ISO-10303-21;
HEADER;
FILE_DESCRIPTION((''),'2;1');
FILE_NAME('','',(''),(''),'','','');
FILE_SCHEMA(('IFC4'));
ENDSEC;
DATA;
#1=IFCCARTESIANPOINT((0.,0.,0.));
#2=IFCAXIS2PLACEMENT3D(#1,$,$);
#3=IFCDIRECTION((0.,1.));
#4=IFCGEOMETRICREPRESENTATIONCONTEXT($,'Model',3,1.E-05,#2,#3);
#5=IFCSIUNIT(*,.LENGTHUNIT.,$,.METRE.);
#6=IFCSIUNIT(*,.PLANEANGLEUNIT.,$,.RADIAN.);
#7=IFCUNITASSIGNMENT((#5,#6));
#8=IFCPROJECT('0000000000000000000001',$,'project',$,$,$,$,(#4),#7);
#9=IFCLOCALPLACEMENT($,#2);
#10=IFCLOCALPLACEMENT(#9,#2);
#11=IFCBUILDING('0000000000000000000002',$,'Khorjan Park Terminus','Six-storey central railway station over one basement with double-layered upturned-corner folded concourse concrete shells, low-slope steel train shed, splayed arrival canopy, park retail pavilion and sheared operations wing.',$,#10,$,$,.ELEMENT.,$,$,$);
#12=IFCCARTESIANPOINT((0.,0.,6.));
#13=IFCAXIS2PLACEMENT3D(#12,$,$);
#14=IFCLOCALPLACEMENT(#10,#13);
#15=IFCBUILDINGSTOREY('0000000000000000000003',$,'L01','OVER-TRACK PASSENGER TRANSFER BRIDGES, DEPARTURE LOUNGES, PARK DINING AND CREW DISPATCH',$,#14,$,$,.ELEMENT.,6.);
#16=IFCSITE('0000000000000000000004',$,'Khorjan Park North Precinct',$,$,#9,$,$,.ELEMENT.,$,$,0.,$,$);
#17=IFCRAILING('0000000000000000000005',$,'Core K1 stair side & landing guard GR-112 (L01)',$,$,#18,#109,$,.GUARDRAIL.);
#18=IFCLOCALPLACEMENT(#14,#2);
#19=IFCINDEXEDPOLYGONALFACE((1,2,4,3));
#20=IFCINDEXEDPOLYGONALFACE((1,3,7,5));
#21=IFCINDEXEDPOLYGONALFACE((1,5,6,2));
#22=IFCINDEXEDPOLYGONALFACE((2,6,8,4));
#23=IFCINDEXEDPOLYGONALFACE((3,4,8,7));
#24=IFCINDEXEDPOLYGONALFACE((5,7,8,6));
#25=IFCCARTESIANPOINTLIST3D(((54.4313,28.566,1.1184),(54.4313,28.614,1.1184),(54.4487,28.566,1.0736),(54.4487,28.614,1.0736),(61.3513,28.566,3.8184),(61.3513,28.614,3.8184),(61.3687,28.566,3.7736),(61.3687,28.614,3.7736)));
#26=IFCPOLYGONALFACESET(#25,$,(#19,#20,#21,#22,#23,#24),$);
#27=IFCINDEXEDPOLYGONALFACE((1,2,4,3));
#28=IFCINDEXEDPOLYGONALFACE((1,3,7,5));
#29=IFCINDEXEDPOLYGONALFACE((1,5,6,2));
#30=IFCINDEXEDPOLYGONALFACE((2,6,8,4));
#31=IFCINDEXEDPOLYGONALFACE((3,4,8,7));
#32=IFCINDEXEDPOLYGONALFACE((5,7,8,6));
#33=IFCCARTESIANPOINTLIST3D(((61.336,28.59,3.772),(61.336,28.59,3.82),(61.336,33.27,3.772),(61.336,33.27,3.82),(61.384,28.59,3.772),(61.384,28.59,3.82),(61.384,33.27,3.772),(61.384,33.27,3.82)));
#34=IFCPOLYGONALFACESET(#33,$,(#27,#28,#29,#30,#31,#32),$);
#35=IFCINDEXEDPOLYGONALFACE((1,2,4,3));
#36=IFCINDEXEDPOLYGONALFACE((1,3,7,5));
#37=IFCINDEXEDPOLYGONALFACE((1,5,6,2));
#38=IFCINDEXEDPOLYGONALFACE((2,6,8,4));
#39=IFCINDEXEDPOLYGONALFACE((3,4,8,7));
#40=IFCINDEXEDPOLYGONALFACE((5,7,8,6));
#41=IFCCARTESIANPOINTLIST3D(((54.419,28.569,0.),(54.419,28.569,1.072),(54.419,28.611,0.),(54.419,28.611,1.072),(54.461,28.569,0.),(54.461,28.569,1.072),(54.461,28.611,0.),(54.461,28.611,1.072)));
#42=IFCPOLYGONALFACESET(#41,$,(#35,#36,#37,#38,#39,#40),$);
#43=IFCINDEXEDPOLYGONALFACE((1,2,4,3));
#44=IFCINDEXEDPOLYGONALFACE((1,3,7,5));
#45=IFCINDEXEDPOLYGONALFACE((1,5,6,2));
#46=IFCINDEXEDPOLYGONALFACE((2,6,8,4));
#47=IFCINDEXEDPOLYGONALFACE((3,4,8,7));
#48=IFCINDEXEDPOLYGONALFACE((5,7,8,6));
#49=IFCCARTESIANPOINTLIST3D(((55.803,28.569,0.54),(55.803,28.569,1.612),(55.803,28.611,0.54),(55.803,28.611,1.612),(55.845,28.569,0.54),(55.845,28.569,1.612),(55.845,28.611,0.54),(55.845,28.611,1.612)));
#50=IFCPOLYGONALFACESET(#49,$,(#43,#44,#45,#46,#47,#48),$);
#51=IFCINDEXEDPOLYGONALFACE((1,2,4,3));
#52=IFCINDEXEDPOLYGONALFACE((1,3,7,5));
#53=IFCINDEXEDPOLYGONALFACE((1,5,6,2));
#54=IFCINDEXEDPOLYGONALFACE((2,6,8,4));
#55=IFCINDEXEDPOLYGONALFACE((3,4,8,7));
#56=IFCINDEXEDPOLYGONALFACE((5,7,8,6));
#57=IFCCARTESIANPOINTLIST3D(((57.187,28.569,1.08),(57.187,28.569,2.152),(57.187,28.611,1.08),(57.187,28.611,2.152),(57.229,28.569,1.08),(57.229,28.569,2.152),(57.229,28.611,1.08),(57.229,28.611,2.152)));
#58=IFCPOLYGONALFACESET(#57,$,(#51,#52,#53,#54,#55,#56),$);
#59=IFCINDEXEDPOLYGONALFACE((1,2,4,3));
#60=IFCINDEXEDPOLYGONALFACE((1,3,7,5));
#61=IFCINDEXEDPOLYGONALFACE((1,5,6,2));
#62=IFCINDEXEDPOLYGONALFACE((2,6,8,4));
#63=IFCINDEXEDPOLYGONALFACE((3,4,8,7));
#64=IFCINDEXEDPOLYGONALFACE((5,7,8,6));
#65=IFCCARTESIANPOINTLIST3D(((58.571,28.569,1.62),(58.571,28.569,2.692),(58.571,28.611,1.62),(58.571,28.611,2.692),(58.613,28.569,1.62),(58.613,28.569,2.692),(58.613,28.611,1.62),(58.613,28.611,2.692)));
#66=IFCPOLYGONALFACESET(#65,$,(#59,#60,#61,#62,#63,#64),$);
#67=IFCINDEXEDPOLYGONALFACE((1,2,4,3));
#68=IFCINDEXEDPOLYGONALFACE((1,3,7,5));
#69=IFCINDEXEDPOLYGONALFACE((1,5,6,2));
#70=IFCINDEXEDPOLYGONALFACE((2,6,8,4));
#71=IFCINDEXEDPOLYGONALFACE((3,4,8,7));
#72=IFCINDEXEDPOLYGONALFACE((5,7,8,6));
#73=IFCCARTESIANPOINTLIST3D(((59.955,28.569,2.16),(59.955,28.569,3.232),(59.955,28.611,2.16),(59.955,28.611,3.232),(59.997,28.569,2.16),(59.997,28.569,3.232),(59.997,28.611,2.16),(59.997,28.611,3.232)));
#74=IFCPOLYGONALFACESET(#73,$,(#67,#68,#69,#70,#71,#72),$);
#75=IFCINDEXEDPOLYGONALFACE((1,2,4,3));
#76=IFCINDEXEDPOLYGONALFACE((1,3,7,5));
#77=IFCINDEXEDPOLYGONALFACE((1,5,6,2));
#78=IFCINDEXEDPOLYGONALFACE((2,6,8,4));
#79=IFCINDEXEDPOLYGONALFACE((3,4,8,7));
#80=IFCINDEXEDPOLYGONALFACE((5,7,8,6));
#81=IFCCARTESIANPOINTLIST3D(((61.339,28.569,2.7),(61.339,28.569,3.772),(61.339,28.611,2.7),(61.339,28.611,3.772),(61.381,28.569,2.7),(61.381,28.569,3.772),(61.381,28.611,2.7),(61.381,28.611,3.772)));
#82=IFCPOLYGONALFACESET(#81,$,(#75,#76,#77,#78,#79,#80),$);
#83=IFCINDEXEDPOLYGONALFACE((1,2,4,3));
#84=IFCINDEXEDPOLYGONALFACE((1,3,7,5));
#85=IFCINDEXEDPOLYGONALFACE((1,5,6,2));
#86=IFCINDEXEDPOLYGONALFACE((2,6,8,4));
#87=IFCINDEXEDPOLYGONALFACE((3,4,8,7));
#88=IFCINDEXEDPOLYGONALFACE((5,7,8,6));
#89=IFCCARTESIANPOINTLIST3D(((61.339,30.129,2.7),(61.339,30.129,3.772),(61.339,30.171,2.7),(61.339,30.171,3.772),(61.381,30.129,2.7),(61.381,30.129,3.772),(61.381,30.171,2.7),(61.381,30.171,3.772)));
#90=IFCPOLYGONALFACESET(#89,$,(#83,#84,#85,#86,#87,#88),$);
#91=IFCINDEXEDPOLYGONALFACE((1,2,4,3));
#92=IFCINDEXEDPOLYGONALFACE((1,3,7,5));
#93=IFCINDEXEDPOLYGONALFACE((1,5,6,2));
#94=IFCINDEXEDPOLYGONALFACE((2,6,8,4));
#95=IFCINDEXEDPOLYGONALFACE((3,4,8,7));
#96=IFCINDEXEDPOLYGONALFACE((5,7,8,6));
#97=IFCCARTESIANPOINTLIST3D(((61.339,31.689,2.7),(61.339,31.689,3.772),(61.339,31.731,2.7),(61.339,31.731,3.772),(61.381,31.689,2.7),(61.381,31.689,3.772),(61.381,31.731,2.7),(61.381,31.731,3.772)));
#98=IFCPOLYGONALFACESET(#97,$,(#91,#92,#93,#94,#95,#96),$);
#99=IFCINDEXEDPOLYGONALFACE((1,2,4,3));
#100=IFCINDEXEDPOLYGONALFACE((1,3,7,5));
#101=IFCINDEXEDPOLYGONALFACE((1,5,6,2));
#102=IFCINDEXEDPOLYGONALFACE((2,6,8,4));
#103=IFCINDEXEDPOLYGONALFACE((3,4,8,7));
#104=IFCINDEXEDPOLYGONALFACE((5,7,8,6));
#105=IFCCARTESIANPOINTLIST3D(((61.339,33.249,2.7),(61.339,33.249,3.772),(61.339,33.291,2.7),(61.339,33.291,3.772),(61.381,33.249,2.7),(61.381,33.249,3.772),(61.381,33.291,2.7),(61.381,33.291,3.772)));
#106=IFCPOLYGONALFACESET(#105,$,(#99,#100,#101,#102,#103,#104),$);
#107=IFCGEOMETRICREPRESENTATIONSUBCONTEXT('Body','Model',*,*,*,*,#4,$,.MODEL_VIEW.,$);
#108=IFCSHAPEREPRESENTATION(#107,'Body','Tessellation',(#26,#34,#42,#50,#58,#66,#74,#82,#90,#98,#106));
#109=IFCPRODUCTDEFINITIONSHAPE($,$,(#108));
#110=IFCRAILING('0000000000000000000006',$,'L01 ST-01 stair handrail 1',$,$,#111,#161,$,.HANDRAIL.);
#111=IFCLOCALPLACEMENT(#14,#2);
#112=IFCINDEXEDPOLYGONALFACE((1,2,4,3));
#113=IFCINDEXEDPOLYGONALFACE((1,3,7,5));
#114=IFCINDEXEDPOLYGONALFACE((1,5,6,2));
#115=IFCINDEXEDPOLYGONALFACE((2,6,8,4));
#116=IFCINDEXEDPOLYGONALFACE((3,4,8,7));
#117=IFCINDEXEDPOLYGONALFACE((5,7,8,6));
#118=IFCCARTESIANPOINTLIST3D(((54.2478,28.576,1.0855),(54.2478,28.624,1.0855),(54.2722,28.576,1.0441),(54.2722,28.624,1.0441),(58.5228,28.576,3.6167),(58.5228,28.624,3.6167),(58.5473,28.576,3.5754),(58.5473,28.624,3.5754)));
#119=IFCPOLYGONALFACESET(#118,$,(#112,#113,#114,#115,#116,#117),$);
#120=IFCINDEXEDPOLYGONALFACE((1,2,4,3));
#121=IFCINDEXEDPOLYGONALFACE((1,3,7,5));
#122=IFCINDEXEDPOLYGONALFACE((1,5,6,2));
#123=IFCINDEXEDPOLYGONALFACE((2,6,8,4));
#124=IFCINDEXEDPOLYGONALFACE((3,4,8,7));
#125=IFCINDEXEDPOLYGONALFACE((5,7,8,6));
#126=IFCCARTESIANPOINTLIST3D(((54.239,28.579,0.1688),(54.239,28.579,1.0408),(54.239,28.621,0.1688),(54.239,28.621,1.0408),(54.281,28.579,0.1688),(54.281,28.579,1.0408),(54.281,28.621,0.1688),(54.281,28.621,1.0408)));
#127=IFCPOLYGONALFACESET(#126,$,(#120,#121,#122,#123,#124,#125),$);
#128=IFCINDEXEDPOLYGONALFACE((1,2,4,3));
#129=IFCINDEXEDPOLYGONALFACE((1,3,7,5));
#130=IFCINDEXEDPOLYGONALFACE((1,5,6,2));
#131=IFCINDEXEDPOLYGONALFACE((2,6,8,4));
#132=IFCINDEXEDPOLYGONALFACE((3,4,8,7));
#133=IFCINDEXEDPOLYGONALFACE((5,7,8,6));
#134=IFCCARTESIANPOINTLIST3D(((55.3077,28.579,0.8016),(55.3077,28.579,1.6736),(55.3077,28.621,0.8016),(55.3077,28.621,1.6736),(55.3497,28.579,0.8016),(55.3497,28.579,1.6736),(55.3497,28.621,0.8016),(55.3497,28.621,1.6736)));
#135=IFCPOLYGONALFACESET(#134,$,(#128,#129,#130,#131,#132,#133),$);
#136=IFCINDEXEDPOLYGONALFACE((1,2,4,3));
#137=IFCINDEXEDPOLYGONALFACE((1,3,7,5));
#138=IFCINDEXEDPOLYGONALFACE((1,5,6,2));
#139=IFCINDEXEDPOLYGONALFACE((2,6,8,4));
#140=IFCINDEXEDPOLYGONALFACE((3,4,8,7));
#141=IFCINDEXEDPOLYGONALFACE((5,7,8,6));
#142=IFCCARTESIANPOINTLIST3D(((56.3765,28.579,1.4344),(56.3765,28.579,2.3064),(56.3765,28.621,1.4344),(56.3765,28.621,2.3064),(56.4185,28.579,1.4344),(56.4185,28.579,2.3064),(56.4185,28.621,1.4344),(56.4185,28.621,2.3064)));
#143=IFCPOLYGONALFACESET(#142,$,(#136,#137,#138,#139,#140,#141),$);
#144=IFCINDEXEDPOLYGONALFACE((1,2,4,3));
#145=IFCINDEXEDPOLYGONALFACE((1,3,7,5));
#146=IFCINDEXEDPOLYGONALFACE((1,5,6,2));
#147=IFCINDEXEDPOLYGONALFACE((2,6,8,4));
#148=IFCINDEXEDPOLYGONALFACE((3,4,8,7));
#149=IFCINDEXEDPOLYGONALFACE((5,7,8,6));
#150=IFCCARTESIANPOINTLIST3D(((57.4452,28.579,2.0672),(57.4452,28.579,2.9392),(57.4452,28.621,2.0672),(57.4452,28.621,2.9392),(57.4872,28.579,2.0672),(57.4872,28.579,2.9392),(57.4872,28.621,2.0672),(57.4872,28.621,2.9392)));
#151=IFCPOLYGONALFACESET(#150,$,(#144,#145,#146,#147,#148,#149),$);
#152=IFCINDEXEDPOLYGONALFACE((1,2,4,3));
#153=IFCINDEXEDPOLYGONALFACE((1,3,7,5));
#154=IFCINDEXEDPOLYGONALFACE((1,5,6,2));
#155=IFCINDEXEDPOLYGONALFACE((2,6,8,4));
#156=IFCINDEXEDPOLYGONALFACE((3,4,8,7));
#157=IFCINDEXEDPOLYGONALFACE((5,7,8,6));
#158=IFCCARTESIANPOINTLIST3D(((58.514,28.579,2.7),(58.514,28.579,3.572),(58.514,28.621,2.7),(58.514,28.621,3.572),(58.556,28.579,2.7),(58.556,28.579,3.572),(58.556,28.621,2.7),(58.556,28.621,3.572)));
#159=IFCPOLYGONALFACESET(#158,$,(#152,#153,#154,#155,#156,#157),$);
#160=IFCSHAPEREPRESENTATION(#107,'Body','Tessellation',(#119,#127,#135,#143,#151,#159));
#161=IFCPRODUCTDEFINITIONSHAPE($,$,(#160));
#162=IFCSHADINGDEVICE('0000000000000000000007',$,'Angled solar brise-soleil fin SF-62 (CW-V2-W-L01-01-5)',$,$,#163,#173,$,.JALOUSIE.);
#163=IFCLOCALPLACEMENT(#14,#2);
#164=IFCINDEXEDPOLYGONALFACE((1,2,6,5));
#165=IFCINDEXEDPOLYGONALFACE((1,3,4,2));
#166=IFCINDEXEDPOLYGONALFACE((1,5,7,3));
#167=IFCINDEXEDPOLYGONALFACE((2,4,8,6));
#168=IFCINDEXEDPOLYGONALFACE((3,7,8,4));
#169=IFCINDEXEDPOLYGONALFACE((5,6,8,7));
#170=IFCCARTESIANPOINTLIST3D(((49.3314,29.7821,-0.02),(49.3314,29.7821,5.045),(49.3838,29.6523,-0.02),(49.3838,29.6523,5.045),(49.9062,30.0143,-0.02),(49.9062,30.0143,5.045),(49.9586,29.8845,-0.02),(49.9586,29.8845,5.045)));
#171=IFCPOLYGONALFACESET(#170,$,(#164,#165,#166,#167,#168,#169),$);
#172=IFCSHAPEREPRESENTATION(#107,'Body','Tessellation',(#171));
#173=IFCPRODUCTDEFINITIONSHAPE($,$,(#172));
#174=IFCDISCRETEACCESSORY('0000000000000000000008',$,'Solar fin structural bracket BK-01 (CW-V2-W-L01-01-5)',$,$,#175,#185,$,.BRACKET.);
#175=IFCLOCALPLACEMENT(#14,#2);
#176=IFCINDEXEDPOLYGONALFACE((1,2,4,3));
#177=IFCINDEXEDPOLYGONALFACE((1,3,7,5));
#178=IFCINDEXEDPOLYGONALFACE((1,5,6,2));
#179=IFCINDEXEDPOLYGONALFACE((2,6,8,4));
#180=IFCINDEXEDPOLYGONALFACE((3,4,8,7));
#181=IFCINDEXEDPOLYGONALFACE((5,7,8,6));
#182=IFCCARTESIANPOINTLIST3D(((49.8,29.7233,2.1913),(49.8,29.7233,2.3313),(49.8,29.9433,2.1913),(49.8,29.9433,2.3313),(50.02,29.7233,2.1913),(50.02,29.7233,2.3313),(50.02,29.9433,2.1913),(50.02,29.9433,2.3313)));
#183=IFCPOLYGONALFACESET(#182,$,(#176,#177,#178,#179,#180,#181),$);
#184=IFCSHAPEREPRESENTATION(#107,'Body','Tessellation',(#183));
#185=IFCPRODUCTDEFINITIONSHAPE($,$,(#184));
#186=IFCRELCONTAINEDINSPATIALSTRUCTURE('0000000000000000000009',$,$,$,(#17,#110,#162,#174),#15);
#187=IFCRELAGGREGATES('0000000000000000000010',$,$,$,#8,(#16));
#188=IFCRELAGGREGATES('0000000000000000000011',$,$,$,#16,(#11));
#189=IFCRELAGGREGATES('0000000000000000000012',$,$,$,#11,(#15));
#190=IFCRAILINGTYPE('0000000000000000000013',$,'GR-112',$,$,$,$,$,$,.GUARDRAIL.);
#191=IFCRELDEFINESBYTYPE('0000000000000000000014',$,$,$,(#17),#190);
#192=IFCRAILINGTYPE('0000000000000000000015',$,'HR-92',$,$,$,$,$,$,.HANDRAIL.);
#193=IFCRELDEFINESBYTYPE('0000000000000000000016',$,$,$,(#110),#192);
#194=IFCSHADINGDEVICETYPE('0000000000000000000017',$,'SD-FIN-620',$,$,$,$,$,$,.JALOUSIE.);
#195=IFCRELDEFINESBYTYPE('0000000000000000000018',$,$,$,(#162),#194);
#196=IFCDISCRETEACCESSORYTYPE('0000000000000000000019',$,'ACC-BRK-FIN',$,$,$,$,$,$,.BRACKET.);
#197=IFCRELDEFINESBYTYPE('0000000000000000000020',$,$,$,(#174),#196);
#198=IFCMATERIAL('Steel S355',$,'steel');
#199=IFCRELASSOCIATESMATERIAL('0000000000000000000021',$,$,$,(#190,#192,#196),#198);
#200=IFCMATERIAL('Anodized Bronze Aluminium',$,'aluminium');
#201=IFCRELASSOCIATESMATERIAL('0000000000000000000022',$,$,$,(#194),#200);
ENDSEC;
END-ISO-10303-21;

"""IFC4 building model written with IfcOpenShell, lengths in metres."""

from ifc_helpers import new_model, si_unit, direction, frame, origin, origin_2d, place, context, subcontext, project, spatial, rectangle, extrude, material, type_object, element, save


model = new_model("IFC4")

# Units and contexts
model_context = context("Model", 3, precision=1e-05, world=origin(), true_north=direction((0.0, 1.0)))
body_context = subcontext(model_context, "Body", "Model", "MODEL_VIEW")
ifc_project = project(units=[si_unit("LENGTHUNIT", "METRE"), si_unit("PLANEANGLEUNIT", "RADIAN")], contexts=[model_context])

# Site, building, storey
site_placement = place(None, origin())
site = spatial("IfcSite", under=ifc_project, at=site_placement, Name="Khorjan Park North Precinct", CompositionType="ELEMENT", RefElevation=0.0)
building_placement = place(site_placement, origin())
building = spatial("IfcBuilding", under=site, at=building_placement, Name="Khorjan Park Terminus", Description="Six-storey central railway station over one basement with double-layered upturned-corner folded concourse concrete shells, low-slope steel train shed, splayed arrival canopy, park retail pavilion and sheared operations wing.", CompositionType="ELEMENT")
storey_placement = place(building_placement, frame((0.0, 0.0, 6.0)))
storey = spatial("IfcBuildingStorey", under=building, at=storey_placement, Name="L01", Description="OVER-TRACK PASSENGER TRANSFER BRIDGES, DEPARTURE LOUNGES, PARK DINING AND CREW DISPATCH", CompositionType="ELEMENT", Elevation=6.0)

# Shared definitions
ifc_material_1 = material(Name="Anodized Bronze Aluminium", Category="aluminium")

# Railings
ifc_material_2 = material(Name="Steel S355", Category="steel")
railing_type_1 = type_object("IfcRailingType", Name="GR-112", PredefinedType="GUARDRAIL", material=ifc_material_2)
railing_1_placement = place(storey_placement, frame((54.44, 28.59, 0.0)))
element("IfcRailing", 1, at=railing_1_placement, inside=storey, type_object=railing_type_1, Name="Core K1 stair side & landing guard GR-112 (L01)", PredefinedType="GUARDRAIL", context=body_context, shape_type="SweptSolid", body=[
    extrude(rectangle(XDim=0.048, YDim=0.048, at=origin_2d()), frame((0.0, 0.0, 1.096), z_axis=(0.9316, 0.0, 0.363485), x_axis=(0.0, 1.0, 0.0)), (0.0, 0.0, 1.0), 7.4281),
    extrude(rectangle(XDim=0.048, YDim=0.048, at=origin_2d()), frame((6.92, 0.0, 3.796), z_axis=(0.0, 1.0, 0.0), x_axis=(-1.0, 0.0, 0.0)), (0.0, 0.0, 1.0), 4.68),
    extrude(rectangle(XDim=0.042, YDim=0.042, at=origin_2d()), origin(), (0.0, 0.0, 1.0), 1.072),
    extrude(rectangle(XDim=0.042, YDim=0.042, at=origin_2d()), frame((1.384, 0.0, 0.54)), (0.0, 0.0, 1.0), 1.072),
    extrude(rectangle(XDim=0.042, YDim=0.042, at=origin_2d()), frame((2.768, 0.0, 1.08)), (0.0, 0.0, 1.0), 1.072),
    extrude(rectangle(XDim=0.042, YDim=0.042, at=origin_2d()), frame((4.152, 0.0, 1.62)), (0.0, 0.0, 1.0), 1.072),
    extrude(rectangle(XDim=0.042, YDim=0.042, at=origin_2d()), frame((5.536, 0.0, 2.16)), (0.0, 0.0, 1.0), 1.072),
    extrude(rectangle(XDim=0.042, YDim=0.042, at=origin_2d()), frame((6.92, 0.0, 2.7)), (0.0, 0.0, 1.0), 1.072),
    extrude(rectangle(XDim=0.042, YDim=0.042, at=origin_2d()), frame((6.92, 1.56, 2.7)), (0.0, 0.0, 1.0), 1.072),
    extrude(rectangle(XDim=0.042, YDim=0.042, at=origin_2d()), frame((6.92, 3.12, 2.7)), (0.0, 0.0, 1.0), 1.072),
    extrude(rectangle(XDim=0.042, YDim=0.042, at=origin_2d()), frame((6.92, 4.68, 2.7)), (0.0, 0.0, 1.0), 1.072),
])
railing_type_2 = type_object("IfcRailingType", Name="HR-92", PredefinedType="HANDRAIL", material=ifc_material_2)
railing_2_placement = place(storey_placement, frame((54.26, 28.6, 0.1688)))
element("IfcRailing", 2, at=railing_2_placement, inside=storey, type_object=railing_type_2, Name="L01 ST-01 stair handrail 1", PredefinedType="HANDRAIL", context=body_context, shape_type="SweptSolid", body=[
    extrude(rectangle(XDim=0.048, YDim=0.048, at=origin_2d()), frame((0.0, 0.0, 0.896), z_axis=(0.86048, 0.0, 0.509485), x_axis=(0.0, 1.0, 0.0)), (0.0, 0.0, 1.0), 4.9682),
    extrude(rectangle(XDim=0.042, YDim=0.042, at=origin_2d()), origin(), (0.0, 0.0, 1.0), 0.872),
    extrude(rectangle(XDim=0.042, YDim=0.042, at=origin_2d()), frame((1.0687, 0.0, 0.6328)), (0.0, 0.0, 1.0), 0.872),
    extrude(rectangle(XDim=0.042, YDim=0.042, at=origin_2d()), frame((2.1375, 0.0, 1.2656)), (0.0, 0.0, 1.0), 0.872),
    extrude(rectangle(XDim=0.042, YDim=0.042, at=origin_2d()), frame((3.2062, 0.0, 1.8984)), (0.0, 0.0, 1.0), 0.872),
    extrude(rectangle(XDim=0.042, YDim=0.042, at=origin_2d()), frame((4.275, 0.0, 2.5312)), (0.0, 0.0, 1.0), 0.872),
])

# Shading device
shading_device_type = type_object("IfcShadingDeviceType", Name="SD-FIN-620", PredefinedType="JALOUSIE", material=ifc_material_1)
shading_device_placement = place(storey_placement, frame((49.645, 29.8333, -0.02), z_axis=(0.0, 0.0, 1.0), x_axis=(0.927184, 0.374607, 0.0)))
element("IfcShadingDevice", 3, at=shading_device_placement, inside=storey, type_object=shading_device_type, Name="Angled solar brise-soleil fin SF-62 (CW-V2-W-L01-01-5)", PredefinedType="JALOUSIE", context=body_context, shape_type="SweptSolid", body=[
    extrude(rectangle(XDim=0.62, YDim=0.14, at=origin_2d()), origin(), (0.0, 0.0, 1.0), 5.065),
])

# Discrete accessory
discrete_accessory_type = type_object("IfcDiscreteAccessoryType", Name="ACC-BRK-FIN", PredefinedType="BRACKET", material=ifc_material_2)
discrete_accessory_placement = place(storey_placement, frame((49.91, 29.8333, 2.1913), z_axis=(0.0, 0.0, 1.0), x_axis=(0.0, -1.0, 0.0)))
element("IfcDiscreteAccessory", 4, at=discrete_accessory_placement, inside=storey, type_object=discrete_accessory_type, Name="Solar fin structural bracket BK-01 (CW-V2-W-L01-01-5)", PredefinedType="BRACKET", context=body_context, shape_type="SweptSolid", body=[
    extrude(rectangle(XDim=0.22, YDim=0.22, at=origin_2d()), origin(), (0.0, 0.0, 1.0), 0.14),
])

save(model, "model.ifc")
